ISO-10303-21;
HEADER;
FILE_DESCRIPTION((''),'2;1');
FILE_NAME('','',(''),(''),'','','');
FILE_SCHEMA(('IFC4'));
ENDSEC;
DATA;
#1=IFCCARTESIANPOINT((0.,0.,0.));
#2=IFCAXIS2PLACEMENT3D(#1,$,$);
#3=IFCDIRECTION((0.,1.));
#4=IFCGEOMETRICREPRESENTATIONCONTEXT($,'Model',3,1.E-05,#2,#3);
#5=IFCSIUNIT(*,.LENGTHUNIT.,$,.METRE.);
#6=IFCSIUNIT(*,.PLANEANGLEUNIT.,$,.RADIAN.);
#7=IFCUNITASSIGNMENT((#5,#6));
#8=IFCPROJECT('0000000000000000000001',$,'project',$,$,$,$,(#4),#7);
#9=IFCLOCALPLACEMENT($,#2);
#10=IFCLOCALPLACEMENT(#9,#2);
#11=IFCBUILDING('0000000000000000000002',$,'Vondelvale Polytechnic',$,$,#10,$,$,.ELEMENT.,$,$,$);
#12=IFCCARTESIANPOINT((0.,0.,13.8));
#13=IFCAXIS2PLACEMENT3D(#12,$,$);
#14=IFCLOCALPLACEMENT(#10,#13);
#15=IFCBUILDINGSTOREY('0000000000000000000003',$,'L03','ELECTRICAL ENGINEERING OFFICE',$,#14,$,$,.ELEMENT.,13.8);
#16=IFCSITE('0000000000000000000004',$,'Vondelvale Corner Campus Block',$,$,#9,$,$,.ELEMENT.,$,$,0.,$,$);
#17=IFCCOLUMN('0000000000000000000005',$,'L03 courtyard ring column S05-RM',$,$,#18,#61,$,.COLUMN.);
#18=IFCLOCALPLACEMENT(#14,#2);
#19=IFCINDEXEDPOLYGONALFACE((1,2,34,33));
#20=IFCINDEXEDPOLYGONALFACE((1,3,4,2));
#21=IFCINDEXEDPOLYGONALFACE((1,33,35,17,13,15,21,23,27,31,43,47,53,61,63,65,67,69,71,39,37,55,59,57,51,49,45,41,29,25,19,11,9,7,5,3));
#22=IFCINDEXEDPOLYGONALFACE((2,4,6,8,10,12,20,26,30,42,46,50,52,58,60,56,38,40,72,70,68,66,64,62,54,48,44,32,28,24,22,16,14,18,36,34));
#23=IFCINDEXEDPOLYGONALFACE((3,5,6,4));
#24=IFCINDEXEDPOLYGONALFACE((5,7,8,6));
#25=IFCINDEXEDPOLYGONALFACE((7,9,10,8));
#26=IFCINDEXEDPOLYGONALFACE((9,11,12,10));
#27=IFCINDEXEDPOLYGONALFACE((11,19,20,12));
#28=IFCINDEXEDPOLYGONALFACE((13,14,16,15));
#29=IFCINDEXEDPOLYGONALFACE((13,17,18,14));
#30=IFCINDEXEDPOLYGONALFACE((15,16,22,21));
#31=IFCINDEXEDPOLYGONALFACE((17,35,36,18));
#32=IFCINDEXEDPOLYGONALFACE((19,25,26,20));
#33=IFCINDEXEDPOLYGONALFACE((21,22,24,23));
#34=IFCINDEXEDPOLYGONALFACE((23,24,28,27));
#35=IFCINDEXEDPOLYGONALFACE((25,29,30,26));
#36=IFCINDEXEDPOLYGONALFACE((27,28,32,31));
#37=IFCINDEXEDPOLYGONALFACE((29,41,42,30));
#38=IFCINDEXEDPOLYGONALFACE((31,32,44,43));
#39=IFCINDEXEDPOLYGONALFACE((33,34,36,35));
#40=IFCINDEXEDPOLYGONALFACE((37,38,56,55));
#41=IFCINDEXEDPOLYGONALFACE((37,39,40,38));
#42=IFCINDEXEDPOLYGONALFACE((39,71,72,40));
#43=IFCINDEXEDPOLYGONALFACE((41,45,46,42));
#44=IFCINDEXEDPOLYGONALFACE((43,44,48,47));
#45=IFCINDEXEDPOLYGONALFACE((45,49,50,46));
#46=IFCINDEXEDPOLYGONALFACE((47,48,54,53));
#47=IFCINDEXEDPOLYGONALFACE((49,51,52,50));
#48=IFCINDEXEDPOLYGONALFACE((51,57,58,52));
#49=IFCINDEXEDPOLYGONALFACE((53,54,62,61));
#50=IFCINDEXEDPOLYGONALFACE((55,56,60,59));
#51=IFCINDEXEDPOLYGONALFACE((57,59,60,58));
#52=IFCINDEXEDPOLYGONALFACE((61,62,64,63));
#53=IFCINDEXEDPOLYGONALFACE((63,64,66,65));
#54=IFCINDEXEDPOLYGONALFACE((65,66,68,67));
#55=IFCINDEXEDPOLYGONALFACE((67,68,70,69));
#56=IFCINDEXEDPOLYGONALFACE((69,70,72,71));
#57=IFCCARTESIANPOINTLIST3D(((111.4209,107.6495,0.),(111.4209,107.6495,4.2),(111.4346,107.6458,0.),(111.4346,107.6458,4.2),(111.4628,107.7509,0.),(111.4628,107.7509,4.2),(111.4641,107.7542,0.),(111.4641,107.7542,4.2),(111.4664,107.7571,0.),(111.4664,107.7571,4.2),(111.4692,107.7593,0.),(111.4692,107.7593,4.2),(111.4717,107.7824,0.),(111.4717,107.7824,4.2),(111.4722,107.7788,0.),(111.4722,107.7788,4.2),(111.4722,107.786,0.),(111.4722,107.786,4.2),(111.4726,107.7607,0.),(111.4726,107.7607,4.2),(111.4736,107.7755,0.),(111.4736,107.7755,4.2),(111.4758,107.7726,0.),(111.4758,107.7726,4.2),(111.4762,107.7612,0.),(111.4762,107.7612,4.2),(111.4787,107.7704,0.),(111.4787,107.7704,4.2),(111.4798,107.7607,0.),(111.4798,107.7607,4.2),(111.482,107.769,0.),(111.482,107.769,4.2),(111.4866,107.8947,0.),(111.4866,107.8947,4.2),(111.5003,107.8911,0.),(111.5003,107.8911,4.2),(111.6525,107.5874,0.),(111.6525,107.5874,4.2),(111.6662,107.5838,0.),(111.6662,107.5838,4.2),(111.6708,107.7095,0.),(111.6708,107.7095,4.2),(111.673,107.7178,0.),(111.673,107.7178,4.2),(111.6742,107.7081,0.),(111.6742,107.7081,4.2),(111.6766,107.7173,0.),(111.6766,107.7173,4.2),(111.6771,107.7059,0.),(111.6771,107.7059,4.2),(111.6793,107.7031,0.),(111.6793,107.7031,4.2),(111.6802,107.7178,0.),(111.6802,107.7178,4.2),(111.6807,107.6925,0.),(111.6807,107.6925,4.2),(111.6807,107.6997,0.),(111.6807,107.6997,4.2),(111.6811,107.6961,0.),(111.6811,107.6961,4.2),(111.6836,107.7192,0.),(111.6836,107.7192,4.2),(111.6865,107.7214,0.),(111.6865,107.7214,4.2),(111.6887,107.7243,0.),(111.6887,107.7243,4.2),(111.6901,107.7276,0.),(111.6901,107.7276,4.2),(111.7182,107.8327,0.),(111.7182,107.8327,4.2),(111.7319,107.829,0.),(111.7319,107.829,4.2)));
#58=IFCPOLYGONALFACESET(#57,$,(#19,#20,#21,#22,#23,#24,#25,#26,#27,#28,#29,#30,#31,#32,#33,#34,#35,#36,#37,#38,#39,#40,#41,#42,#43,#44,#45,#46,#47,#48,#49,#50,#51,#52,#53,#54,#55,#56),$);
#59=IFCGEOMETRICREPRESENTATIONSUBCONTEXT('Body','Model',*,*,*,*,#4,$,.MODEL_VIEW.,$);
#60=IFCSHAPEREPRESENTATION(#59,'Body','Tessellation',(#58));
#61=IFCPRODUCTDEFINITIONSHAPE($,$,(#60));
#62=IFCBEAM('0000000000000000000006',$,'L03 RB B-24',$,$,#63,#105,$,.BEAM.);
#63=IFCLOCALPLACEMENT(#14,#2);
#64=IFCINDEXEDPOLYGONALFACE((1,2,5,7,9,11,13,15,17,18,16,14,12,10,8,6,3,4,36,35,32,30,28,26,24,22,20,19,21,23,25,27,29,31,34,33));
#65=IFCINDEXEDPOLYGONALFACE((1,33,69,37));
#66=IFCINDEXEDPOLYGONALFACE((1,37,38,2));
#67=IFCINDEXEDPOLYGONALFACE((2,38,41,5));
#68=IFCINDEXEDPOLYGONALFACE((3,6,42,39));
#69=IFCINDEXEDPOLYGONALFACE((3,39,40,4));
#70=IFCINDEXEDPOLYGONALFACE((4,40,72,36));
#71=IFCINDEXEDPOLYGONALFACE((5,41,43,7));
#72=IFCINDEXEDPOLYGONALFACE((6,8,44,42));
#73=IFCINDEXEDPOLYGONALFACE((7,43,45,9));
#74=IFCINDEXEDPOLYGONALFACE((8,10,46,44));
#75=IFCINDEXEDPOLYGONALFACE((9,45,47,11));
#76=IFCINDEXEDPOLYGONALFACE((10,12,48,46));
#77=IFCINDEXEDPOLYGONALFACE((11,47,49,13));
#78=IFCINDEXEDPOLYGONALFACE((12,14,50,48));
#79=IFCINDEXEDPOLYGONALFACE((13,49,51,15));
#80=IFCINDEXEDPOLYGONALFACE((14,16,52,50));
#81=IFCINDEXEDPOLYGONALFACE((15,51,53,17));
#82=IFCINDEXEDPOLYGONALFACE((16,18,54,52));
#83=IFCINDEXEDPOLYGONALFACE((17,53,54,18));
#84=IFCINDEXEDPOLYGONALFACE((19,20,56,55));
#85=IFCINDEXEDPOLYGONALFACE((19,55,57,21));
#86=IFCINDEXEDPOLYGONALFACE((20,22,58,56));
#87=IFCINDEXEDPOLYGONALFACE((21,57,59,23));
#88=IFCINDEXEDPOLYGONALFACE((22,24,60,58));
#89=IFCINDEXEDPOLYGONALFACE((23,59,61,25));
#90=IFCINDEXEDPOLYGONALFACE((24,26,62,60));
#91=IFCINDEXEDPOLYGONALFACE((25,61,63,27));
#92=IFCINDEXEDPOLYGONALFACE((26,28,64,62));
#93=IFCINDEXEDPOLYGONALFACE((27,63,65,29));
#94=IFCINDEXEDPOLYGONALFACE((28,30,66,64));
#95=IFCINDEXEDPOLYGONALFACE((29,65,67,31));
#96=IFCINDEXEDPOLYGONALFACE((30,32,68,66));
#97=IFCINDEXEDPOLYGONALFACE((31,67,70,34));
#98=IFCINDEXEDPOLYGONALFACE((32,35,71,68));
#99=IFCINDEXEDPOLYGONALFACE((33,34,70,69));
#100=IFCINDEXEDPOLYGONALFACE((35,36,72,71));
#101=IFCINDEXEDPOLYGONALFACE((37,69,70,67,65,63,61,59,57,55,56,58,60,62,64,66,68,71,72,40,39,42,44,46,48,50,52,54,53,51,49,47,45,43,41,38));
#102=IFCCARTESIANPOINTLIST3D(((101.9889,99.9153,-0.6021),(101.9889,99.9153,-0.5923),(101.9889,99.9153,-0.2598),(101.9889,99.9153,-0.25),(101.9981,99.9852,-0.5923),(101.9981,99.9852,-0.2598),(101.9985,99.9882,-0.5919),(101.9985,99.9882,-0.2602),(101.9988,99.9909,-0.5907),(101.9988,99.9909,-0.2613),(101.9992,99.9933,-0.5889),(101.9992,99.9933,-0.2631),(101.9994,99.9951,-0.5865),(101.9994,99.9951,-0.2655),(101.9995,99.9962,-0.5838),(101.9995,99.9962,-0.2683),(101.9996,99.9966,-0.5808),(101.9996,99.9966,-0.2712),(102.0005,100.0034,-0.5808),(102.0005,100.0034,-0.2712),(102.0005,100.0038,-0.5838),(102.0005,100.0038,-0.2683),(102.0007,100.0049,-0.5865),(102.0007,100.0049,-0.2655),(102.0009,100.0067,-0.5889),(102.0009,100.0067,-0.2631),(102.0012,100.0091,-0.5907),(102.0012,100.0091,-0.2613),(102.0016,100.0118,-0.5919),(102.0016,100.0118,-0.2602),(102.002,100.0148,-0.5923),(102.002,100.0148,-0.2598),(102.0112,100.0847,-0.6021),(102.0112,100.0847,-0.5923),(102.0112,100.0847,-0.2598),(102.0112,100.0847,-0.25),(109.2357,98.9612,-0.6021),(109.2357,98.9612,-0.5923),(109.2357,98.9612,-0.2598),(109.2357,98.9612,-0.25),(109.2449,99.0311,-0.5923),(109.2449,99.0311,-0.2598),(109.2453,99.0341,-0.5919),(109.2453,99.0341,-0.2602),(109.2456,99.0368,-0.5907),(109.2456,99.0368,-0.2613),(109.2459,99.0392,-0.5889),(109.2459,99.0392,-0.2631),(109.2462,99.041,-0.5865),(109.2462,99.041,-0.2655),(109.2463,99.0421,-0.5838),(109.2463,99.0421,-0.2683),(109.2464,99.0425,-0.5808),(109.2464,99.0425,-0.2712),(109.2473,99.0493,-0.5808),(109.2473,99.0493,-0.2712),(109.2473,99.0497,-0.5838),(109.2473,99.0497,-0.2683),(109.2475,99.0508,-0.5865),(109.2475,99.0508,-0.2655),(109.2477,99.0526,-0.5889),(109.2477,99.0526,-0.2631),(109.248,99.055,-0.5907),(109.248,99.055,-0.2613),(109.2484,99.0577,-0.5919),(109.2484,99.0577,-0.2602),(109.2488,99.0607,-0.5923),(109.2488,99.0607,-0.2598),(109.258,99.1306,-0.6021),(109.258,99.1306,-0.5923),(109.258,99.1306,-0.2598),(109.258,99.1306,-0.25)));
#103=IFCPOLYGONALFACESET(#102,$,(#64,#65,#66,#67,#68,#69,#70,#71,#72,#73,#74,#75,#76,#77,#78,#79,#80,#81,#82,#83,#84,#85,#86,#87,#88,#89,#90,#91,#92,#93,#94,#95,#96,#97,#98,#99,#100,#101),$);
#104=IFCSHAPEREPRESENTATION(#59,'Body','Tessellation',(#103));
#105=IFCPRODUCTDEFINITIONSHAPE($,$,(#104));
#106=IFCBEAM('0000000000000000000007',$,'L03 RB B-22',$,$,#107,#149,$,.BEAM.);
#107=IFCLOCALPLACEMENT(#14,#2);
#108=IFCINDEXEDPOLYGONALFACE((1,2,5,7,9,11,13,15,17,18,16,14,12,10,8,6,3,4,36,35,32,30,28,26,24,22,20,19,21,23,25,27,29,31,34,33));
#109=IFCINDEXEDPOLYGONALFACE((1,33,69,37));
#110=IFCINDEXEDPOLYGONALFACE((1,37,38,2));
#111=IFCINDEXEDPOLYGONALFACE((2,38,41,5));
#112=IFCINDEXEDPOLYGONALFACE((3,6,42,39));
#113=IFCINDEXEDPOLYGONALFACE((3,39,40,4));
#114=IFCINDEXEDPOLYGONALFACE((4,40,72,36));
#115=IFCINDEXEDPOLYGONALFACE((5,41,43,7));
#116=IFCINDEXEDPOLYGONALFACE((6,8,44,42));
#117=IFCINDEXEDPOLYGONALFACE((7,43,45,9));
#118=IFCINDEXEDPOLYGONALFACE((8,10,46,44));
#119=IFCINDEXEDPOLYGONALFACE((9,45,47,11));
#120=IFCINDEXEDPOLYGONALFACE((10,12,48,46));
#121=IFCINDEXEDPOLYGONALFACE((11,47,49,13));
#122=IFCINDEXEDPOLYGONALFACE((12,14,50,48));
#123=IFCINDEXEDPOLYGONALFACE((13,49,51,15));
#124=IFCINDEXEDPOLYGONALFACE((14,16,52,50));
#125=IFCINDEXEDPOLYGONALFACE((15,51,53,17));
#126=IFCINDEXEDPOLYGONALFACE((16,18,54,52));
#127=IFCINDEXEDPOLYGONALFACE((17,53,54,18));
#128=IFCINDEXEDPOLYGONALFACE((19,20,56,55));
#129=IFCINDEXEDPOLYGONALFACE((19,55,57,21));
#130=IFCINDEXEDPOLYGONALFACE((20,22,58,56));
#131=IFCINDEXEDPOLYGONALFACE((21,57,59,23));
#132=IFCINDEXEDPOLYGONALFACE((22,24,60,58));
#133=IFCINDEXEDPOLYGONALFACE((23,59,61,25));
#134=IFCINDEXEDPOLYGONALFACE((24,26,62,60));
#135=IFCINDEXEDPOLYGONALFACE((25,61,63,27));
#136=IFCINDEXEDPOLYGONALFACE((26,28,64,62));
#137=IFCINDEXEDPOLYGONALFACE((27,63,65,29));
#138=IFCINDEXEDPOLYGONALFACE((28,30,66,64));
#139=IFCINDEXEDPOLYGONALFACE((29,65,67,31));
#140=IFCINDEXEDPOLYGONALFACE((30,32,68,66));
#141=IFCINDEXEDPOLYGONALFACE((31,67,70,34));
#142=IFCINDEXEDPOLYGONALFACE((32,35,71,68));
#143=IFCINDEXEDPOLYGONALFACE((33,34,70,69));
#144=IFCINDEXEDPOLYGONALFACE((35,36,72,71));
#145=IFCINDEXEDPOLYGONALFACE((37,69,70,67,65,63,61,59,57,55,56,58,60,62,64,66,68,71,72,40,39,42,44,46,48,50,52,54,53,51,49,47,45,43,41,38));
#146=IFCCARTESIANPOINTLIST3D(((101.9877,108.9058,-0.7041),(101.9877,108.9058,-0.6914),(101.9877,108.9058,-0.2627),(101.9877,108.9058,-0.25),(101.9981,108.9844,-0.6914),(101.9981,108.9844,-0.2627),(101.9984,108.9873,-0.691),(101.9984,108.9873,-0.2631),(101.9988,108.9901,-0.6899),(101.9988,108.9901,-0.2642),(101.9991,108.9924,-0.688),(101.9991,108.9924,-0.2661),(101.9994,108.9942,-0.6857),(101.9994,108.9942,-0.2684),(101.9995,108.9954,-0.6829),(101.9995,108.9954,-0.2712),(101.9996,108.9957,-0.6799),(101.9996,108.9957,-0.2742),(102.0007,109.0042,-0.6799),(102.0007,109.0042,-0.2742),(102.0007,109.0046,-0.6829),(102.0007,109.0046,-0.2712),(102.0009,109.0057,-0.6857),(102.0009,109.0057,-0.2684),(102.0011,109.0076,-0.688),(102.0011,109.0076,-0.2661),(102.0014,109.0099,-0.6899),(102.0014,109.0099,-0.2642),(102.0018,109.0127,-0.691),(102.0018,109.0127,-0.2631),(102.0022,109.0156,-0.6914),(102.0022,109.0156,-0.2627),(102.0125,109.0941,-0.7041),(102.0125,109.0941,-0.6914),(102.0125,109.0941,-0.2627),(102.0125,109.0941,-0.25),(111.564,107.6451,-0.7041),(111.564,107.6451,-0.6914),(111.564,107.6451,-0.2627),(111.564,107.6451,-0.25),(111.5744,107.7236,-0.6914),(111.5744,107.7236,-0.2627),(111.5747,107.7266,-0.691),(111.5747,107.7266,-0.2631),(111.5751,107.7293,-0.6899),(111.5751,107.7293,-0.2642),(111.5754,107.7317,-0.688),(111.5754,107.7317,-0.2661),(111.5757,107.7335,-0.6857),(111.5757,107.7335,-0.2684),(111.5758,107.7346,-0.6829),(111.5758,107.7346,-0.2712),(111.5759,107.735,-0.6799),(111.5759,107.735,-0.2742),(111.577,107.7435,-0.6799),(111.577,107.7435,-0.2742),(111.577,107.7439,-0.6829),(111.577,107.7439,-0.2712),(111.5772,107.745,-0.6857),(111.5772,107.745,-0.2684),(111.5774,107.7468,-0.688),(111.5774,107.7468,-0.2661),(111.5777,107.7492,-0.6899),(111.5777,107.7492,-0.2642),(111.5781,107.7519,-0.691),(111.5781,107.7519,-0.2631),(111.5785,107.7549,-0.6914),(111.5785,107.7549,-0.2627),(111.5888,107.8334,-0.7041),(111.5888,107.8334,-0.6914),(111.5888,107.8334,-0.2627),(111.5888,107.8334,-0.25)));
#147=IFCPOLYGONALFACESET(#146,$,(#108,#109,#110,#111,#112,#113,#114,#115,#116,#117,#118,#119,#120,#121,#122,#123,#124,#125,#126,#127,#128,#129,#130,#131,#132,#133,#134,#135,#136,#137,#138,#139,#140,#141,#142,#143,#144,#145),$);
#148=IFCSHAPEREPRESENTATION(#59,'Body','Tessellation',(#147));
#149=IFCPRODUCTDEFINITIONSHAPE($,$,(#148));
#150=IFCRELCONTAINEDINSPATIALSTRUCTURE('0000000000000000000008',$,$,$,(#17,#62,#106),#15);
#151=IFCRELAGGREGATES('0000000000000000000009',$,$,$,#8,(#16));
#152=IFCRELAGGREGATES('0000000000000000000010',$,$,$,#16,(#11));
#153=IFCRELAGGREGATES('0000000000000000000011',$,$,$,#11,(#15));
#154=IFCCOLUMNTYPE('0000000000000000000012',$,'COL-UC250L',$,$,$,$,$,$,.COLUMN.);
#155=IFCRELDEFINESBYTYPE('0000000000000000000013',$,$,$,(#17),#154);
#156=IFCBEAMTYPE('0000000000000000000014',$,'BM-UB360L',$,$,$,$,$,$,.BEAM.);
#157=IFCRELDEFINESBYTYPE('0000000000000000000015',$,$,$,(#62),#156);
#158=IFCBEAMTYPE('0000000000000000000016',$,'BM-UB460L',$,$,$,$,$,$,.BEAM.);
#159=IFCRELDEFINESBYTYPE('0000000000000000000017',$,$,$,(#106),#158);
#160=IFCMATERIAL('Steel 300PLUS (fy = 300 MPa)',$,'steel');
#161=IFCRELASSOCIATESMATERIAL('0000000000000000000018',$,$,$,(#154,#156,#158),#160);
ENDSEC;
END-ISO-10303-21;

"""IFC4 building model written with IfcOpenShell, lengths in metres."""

from ifc_helpers import new_model, si_unit, direction, frame, origin, origin_2d, place, context, subcontext, project, spatial, i_section, extrude, material, material_profile, profile_set, type_object, element, save


model = new_model("IFC4")

# Units and contexts
model_context = context("Model", 3, precision=1e-05, world=origin(), true_north=direction((0.0, 1.0)))
body_context = subcontext(model_context, "Body", "Model", "MODEL_VIEW")
ifc_project = project(units=[si_unit("LENGTHUNIT", "METRE"), si_unit("PLANEANGLEUNIT", "RADIAN")], contexts=[model_context])

# Site, building, storey
site_placement = place(None, origin())
site = spatial("IfcSite", under=ifc_project, at=site_placement, Name="Vondelvale Corner Campus Block", CompositionType="ELEMENT", RefElevation=0.0)
building_placement = place(site_placement, origin())
building = spatial("IfcBuilding", under=site, at=building_placement, Name="Vondelvale Polytechnic", CompositionType="ELEMENT")
storey_placement = place(building_placement, frame((0.0, 0.0, 13.8)))
storey = spatial("IfcBuildingStorey", under=building, at=storey_placement, Name="L03", Description="ELECTRICAL ENGINEERING OFFICE", CompositionType="ELEMENT", Elevation=13.8)

# Column
ifc_material_1 = material(Name="Steel 300PLUS (fy = 300 MPa)", Category="steel")
ifc_material_profile_1 = material_profile(ifc_material_1, i_section(OverallWidth=0.2539, OverallDepth=0.2539, WebThickness=0.0085, FlangeThickness=0.0142, FilletRadius=0.0139, at=origin_2d()), Name="250UC72.9")
ifc_profile_set_1 = profile_set([ifc_material_profile_1], Name="Steel 300PLUS (fy = 300 MPa)")
column_type_1 = type_object("IfcColumnType", Name="COL-UC250L", PredefinedType="COLUMN", material=ifc_profile_set_1)
column_1_placement = place(storey_placement, frame((111.5764, 107.7393, 0.0), z_axis=(0.0, 0.0, 1.0), x_axis=(0.258819, 0.965926, 0.0)))
element("IfcColumn", 1, at=column_1_placement, inside=storey, type_object=column_type_1, Name="L03 courtyard ring column S05-RM", PredefinedType="COLUMN", context=body_context, shape_type="SweptSolid", body=[
    extrude(i_section(OverallWidth=0.2539, OverallDepth=0.2539, WebThickness=0.0085, FlangeThickness=0.0142, FilletRadius=0.0139, at=origin_2d()), origin(), (0.0, 0.0, 1.0), 4.2),
])

# Beams
ifc_material_profile_2 = material_profile(ifc_material_1, i_section(OverallWidth=0.1709, OverallDepth=0.3521, WebThickness=0.0068, FlangeThickness=0.0098, FilletRadius=0.0115, at=origin_2d()), Name="360UB44.7")
ifc_profile_set_2 = profile_set([ifc_material_profile_2], Name="Steel 300PLUS (fy = 300 MPa)")
beam_type_1 = type_object("IfcBeamType", Name="BM-UB360L", PredefinedType="BEAM", material=ifc_profile_set_2)
beam_1_placement = place(storey_placement, frame((109.2468, 99.0459, -0.426), z_axis=(-0.991444, 0.130531, 0.0), x_axis=(-0.130531, -0.991444, 0.0)))
element("IfcBeam", 2, at=beam_1_placement, inside=storey, type_object=beam_type_1, Name="L03 RB B-24", PredefinedType="BEAM", context=body_context, shape_type="SweptSolid", body=[
    extrude(i_section(OverallWidth=0.1709, OverallDepth=0.3521, WebThickness=0.0068, FlangeThickness=0.0098, FilletRadius=0.0115, at=origin_2d()), origin(), (0.0, 0.0, 1.0), 7.3093),
])
ifc_material_profile_3 = material_profile(ifc_material_1, i_section(OverallWidth=0.1899, OverallDepth=0.4541, WebThickness=0.0085, FlangeThickness=0.0127, FilletRadius=0.0115, at=origin_2d()), Name="460UB67.1")
ifc_profile_set_3 = profile_set([ifc_material_profile_3], Name="Steel 300PLUS (fy = 300 MPa)")
beam_type_2 = type_object("IfcBeamType", Name="BM-UB460L", PredefinedType="BEAM", material=ifc_profile_set_3)
beam_2_placement = place(storey_placement, frame((111.5764, 107.7393, -0.4771), z_axis=(-0.991445, 0.130524, 0.0), x_axis=(-0.130524, -0.991445, 0.0)))
element("IfcBeam", 3, at=beam_2_placement, inside=storey, type_object=beam_type_2, Name="L03 RB B-22", PredefinedType="BEAM", context=body_context, shape_type="SweptSolid", body=[
    extrude(i_section(OverallWidth=0.1899, OverallDepth=0.4541, WebThickness=0.0085, FlangeThickness=0.0127, FilletRadius=0.0115, at=origin_2d()), origin(), (0.0, 0.0, 1.0), 9.6589),
])

save(model, "model.ifc")
